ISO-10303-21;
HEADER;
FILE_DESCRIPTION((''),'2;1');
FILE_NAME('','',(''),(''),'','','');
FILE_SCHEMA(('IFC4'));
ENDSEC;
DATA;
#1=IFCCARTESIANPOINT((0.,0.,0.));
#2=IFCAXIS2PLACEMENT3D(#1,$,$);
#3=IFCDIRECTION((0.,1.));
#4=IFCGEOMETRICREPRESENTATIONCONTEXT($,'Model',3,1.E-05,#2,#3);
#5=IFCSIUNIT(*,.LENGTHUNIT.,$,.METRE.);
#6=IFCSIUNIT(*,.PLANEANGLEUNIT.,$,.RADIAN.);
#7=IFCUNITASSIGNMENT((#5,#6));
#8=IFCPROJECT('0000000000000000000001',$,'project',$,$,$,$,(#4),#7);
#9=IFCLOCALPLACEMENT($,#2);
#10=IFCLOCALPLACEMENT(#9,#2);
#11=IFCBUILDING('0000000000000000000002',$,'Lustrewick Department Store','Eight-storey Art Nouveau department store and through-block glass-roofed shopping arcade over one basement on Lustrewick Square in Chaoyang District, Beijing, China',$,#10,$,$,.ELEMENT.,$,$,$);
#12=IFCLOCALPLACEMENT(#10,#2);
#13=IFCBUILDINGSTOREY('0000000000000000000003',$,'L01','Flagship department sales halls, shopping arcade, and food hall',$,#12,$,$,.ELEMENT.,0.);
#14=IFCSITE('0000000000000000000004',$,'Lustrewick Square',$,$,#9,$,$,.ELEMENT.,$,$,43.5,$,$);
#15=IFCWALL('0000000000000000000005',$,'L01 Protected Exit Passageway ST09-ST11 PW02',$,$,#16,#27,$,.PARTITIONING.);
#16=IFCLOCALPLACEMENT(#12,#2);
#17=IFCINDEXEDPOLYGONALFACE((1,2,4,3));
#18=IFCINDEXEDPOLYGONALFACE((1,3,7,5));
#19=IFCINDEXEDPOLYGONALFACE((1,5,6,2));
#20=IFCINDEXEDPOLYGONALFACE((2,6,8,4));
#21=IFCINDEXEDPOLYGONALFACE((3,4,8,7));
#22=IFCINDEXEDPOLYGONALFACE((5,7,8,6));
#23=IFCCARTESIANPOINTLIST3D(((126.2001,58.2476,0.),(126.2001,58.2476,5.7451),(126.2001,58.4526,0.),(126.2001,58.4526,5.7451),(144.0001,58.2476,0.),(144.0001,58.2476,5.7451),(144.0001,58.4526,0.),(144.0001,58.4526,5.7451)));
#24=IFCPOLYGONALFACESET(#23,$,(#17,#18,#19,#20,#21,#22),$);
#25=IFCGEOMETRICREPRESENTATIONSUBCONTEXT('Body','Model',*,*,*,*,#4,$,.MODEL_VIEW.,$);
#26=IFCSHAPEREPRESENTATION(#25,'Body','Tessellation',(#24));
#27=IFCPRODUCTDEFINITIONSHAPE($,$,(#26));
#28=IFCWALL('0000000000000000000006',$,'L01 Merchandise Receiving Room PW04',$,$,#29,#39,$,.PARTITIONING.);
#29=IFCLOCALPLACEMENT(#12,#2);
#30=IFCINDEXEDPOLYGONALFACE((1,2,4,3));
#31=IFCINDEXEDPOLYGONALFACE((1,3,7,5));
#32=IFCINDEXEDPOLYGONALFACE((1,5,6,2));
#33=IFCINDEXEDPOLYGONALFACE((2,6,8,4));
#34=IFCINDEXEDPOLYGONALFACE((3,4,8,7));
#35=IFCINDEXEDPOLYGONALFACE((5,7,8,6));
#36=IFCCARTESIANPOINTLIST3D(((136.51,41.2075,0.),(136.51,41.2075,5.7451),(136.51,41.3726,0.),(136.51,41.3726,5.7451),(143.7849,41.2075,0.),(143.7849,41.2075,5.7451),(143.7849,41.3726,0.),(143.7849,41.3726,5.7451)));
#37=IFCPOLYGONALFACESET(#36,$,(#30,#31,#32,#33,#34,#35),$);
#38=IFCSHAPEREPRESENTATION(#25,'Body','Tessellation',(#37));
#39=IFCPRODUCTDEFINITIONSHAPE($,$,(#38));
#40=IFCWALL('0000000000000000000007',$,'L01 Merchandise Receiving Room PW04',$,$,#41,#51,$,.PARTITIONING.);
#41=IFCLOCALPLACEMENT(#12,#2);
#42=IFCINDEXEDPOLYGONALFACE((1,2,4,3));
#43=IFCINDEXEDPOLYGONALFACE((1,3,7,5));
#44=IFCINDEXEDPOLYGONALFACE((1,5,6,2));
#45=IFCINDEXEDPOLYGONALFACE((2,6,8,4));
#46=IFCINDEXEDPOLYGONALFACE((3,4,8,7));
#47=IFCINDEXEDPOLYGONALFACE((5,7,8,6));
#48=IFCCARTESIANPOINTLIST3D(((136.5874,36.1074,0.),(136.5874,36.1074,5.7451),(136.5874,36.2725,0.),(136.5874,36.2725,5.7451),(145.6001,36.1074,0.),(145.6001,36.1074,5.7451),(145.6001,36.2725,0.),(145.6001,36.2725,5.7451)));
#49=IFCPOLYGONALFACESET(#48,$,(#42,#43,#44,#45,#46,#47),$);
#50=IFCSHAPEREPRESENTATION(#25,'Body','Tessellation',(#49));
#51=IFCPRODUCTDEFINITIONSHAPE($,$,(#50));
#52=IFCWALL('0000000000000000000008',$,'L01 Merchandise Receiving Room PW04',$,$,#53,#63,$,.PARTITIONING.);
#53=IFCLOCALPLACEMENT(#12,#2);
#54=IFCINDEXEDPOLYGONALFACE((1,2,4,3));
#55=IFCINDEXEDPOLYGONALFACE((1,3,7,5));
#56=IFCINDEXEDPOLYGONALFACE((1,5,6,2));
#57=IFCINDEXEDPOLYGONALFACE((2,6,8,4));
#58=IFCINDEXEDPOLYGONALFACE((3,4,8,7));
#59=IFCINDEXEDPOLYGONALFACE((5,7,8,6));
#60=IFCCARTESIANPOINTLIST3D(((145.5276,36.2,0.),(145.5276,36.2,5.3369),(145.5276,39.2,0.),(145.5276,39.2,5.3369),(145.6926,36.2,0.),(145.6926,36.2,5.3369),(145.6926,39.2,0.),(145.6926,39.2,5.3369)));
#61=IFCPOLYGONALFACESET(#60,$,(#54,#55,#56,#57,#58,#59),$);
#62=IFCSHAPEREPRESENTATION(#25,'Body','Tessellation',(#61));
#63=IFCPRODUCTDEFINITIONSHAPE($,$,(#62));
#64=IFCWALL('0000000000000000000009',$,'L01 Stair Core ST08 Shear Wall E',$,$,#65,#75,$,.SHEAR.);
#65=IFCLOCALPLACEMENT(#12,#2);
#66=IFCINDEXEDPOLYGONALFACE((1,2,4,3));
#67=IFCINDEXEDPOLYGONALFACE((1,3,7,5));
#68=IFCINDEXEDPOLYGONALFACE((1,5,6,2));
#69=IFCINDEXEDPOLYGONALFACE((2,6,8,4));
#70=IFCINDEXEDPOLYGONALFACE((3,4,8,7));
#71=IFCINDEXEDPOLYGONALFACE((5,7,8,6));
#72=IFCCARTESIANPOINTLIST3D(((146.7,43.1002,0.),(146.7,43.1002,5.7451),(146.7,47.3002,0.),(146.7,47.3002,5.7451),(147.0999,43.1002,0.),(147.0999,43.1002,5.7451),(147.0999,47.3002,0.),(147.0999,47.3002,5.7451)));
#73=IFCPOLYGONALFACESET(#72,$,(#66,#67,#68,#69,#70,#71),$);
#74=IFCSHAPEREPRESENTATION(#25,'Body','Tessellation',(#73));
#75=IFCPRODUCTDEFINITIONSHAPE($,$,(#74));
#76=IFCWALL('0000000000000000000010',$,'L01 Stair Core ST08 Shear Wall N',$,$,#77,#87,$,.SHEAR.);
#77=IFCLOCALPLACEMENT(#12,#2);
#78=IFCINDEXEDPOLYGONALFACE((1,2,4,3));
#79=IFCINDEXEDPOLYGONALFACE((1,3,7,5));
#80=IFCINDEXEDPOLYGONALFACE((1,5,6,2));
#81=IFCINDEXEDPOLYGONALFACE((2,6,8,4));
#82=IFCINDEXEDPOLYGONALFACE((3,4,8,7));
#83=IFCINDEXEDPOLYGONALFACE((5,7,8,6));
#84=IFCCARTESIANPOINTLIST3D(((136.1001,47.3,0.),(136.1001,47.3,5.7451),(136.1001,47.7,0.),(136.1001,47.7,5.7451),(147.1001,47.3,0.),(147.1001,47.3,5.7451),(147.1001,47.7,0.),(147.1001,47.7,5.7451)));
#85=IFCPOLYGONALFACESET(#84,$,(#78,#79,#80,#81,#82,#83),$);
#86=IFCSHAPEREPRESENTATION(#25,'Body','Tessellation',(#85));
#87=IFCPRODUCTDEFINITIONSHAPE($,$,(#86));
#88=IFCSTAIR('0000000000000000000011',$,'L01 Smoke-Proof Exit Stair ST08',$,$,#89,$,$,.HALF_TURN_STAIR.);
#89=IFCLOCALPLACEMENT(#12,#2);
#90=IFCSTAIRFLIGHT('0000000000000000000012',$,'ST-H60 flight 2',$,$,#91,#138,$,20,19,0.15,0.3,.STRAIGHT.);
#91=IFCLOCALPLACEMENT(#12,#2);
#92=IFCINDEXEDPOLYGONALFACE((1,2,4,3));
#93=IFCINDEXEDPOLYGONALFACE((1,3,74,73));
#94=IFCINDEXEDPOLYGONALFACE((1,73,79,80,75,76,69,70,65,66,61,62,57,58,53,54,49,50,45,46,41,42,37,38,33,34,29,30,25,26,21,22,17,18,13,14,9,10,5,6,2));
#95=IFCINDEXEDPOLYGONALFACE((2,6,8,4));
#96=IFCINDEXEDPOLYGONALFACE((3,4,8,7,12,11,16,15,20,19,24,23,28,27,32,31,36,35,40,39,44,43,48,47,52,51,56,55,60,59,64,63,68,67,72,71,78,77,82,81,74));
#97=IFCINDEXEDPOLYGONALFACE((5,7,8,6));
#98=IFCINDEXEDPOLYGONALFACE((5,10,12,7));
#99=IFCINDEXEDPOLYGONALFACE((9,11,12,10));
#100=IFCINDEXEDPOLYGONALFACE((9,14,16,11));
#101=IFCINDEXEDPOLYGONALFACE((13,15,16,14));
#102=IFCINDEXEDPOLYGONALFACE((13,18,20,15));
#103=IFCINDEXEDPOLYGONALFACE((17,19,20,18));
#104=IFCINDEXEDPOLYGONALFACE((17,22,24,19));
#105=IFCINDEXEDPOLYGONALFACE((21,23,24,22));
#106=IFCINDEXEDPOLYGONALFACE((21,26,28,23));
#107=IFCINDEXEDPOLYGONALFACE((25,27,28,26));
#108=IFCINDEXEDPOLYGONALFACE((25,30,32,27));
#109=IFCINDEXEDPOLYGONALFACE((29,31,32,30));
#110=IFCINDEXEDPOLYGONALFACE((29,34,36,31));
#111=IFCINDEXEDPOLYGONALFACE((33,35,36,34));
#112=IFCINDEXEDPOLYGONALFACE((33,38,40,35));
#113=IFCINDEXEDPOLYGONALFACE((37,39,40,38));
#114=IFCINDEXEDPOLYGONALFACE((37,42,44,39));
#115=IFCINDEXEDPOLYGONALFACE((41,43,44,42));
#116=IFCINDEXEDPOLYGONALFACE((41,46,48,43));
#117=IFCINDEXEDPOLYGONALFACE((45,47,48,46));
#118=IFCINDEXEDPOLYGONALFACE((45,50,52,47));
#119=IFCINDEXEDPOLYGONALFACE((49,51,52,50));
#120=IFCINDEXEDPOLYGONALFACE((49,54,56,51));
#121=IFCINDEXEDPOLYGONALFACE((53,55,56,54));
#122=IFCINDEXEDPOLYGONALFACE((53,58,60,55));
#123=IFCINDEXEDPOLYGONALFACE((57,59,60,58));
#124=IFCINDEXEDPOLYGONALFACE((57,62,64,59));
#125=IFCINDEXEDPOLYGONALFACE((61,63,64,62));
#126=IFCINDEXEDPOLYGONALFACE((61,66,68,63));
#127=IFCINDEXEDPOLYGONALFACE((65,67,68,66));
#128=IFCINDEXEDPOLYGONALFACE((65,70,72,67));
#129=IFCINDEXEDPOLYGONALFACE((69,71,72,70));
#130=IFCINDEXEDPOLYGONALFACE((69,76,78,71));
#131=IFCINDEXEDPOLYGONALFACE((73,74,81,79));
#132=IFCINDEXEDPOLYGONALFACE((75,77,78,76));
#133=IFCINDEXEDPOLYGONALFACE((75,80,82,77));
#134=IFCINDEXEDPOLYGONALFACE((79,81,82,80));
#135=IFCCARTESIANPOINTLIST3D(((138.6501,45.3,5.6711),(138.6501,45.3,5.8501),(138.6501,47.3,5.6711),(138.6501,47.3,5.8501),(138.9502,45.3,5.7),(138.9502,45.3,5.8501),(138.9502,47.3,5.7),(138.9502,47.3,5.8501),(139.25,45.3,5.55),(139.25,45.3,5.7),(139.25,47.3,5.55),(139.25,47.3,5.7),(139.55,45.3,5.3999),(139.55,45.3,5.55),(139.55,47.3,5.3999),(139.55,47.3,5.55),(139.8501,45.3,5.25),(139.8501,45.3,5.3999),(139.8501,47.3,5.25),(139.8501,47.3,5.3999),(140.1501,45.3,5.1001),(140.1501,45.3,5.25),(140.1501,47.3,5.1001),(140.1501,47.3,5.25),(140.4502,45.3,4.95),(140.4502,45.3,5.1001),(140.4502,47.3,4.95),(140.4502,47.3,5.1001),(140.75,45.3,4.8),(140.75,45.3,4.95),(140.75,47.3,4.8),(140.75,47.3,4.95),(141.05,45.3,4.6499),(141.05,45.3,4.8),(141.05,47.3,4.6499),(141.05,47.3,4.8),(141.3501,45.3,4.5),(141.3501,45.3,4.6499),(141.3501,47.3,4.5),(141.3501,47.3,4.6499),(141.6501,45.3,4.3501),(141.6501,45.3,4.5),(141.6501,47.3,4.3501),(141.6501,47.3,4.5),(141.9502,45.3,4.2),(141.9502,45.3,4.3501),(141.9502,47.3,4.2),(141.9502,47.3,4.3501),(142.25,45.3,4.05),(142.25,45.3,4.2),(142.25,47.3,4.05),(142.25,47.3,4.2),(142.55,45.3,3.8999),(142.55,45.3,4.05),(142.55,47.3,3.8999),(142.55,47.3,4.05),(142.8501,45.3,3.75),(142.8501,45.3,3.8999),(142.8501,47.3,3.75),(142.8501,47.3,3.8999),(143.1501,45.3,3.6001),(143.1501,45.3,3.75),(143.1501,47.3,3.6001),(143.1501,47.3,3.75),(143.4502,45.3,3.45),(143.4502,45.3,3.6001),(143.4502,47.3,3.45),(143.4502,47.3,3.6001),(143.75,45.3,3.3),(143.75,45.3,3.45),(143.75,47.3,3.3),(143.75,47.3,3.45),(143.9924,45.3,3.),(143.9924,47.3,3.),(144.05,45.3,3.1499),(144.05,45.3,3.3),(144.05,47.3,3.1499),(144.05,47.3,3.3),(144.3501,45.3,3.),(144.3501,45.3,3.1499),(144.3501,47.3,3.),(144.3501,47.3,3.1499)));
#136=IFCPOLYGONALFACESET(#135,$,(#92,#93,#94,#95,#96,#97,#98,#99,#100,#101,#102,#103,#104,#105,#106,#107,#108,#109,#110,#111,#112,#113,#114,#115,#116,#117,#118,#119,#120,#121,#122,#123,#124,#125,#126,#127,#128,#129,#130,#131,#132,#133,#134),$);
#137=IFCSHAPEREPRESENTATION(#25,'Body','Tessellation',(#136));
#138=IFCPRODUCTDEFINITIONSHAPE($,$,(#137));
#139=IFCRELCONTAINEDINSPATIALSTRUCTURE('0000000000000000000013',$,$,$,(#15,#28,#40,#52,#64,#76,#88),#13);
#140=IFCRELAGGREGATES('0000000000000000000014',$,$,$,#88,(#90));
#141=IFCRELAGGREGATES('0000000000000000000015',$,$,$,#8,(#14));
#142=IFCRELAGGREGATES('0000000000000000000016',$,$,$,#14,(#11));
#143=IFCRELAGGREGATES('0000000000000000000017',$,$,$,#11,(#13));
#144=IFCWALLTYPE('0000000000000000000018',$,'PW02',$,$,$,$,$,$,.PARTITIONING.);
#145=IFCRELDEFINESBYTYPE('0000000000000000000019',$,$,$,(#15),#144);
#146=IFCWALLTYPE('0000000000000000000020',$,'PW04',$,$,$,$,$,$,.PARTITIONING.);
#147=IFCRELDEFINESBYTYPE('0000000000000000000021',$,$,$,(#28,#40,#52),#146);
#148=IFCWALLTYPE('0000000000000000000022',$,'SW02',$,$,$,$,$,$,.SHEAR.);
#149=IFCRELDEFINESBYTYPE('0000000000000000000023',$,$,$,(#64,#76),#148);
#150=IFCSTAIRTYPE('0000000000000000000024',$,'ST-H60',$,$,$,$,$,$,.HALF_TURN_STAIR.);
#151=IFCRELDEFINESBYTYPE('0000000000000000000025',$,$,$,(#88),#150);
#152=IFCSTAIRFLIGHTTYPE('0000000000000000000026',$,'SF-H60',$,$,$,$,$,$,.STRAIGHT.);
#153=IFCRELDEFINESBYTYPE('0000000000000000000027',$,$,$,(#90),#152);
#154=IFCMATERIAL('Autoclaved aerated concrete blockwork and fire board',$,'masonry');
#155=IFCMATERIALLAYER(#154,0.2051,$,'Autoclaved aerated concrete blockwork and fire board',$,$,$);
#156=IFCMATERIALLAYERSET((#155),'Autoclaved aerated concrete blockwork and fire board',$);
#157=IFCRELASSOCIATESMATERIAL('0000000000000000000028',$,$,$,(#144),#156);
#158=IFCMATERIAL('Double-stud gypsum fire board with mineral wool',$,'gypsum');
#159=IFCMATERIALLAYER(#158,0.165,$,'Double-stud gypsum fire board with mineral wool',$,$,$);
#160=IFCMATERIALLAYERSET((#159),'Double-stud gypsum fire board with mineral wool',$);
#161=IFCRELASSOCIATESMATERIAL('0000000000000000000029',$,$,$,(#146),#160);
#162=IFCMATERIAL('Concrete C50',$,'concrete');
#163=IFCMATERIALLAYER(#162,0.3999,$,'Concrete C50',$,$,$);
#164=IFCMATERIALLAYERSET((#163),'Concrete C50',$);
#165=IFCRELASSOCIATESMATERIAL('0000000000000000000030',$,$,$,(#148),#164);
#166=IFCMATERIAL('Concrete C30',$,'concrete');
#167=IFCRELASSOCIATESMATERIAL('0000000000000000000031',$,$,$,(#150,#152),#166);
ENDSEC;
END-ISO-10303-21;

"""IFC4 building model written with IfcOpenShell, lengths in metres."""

from ifc_helpers import new_model, si_unit, direction, frame, frame_2d, origin, place, context, subcontext, project, spatial, polyline, rectangle, outline, extrude, material, layer, layer_set, type_object, element, aggregate, save


model = new_model("IFC4")

# Units and contexts
model_context = context("Model", 3, precision=1e-05, world=origin(), true_north=direction((0.0, 1.0)))
body_context = subcontext(model_context, "Body", "Model", "MODEL_VIEW")
ifc_project = project(units=[si_unit("LENGTHUNIT", "METRE"), si_unit("PLANEANGLEUNIT", "RADIAN")], contexts=[model_context])

# Site, building, storey
site_placement = place(None, origin())
site = spatial("IfcSite", under=ifc_project, at=site_placement, Name="Lustrewick Square", CompositionType="ELEMENT", RefElevation=43.5)
building_placement = place(site_placement, origin())
building = spatial("IfcBuilding", under=site, at=building_placement, Name="Lustrewick Department Store", Description="Eight-storey Art Nouveau department store and through-block glass-roofed shopping arcade over one basement on Lustrewick Square in Chaoyang District, Beijing, China", CompositionType="ELEMENT")
storey_placement = place(building_placement, origin())
storey = spatial("IfcBuildingStorey", under=building, at=storey_placement, Name="L01", Description="Flagship department sales halls, shopping arcade, and food hall", CompositionType="ELEMENT", Elevation=0.0)

# Shared definitions
ifc_material_1 = material(Name="Autoclaved aerated concrete blockwork and fire board", Category="masonry")
ifc_layer_1 = layer(ifc_material_1, 0.2051, Name="Autoclaved aerated concrete blockwork and fire board")
ifc_layer_set_1 = layer_set([ifc_layer_1], Name="Autoclaved aerated concrete blockwork and fire board")
wall_type_1 = type_object("IfcWallType", Name="PW02", PredefinedType="PARTITIONING", material=ifc_layer_set_1)

# Walls
wall_1_placement = place(storey_placement, frame((144.0, 58.3501, 0.0), z_axis=(0.0, 0.0, 1.0), x_axis=(-1.0, 0.0, 0.0)))
element("IfcWall", 1, at=wall_1_placement, inside=storey, type_object=wall_type_1, Name="L01 Protected Exit Passageway ST09-ST11 PW02", PredefinedType="PARTITIONING", context=body_context, shape_type="SweptSolid", body=[
    extrude(rectangle(XDim=17.8, YDim=0.2051, at=frame_2d((8.8999, 0.0))), origin(), (0.0, 0.0, 1.0), 5.7451),
])
ifc_material_2 = material(Name="Double-stud gypsum fire board with mineral wool", Category="gypsum")
ifc_layer_2 = layer(ifc_material_2, 0.165, Name="Double-stud gypsum fire board with mineral wool")
ifc_layer_set_2 = layer_set([ifc_layer_2], Name="Double-stud gypsum fire board with mineral wool")
wall_type_2 = type_object("IfcWallType", Name="PW04", PredefinedType="PARTITIONING", material=ifc_layer_set_2)
wall_2_placement = place(storey_placement, frame((143.7849, 41.29, 0.0), z_axis=(0.0, 0.0, 1.0), x_axis=(-1.0, 0.0, 0.0)))
element("IfcWall", 2, at=wall_2_placement, inside=storey, type_object=wall_type_2, Name="L01 Merchandise Receiving Room PW04", PredefinedType="PARTITIONING", context=body_context, shape_type="SweptSolid", body=[
    extrude(rectangle(XDim=7.2749, YDim=0.165, at=frame_2d((3.6375, 0.0))), origin(), (0.0, 0.0, 1.0), 5.7451),
])
wall_3_placement = place(storey_placement, frame((145.6001, 36.1899, 0.0), z_axis=(0.0, 0.0, 1.0), x_axis=(-1.0, 0.0, 0.0)))
element("IfcWall", 3, at=wall_3_placement, inside=storey, type_object=wall_type_2, Name="L01 Merchandise Receiving Room PW04", PredefinedType="PARTITIONING", context=body_context, shape_type="SweptSolid", body=[
    extrude(rectangle(XDim=9.0127, YDim=0.165, at=frame_2d((4.5063, 0.0))), origin(), (0.0, 0.0, 1.0), 5.7451),
])
wall_4_placement = place(storey_placement, frame((145.6101, 39.2, 0.0), z_axis=(0.0, 0.0, 1.0), x_axis=(0.0, -1.0, 0.0)))
element("IfcWall", 4, at=wall_4_placement, inside=storey, type_object=wall_type_2, Name="L01 Merchandise Receiving Room PW04", PredefinedType="PARTITIONING", context=body_context, shape_type="SweptSolid", body=[
    extrude(rectangle(XDim=3.0, YDim=0.165, at=frame_2d((1.5, 0.0))), origin(), (0.0, 0.0, 1.0), 5.3369),
])
ifc_material_3 = material(Name="Concrete C50", Category="concrete")
ifc_layer_3 = layer(ifc_material_3, 0.3999, Name="Concrete C50")
ifc_layer_set_3 = layer_set([ifc_layer_3], Name="Concrete C50")
wall_type_3 = type_object("IfcWallType", Name="SW02", PredefinedType="SHEAR", material=ifc_layer_set_3)
wall_5_placement = place(storey_placement, frame((146.8999, 43.1001, 0.0), z_axis=(0.0, 0.0, 1.0), x_axis=(0.0, 1.0, 0.0)))
element("IfcWall", 5, at=wall_5_placement, inside=storey, type_object=wall_type_3, Name="L01 Stair Core ST08 Shear Wall E", PredefinedType="SHEAR", context=body_context, shape_type="SweptSolid", body=[
    extrude(rectangle(XDim=4.2, YDim=0.3999, at=frame_2d((2.1001, 0.0))), origin(), (0.0, 0.0, 1.0), 5.7451),
])
wall_6_placement = place(storey_placement, frame((147.1001, 47.5, 0.0), z_axis=(0.0, 0.0, 1.0), x_axis=(-1.0, 0.0, 0.0)))
element("IfcWall", 6, at=wall_6_placement, inside=storey, type_object=wall_type_3, Name="L01 Stair Core ST08 Shear Wall N", PredefinedType="SHEAR", context=body_context, shape_type="SweptSolid", body=[
    extrude(rectangle(XDim=11.0, YDim=0.3999, at=frame_2d((5.5, 0.0))), origin(), (0.0, 0.0, 1.0), 5.7451),
])

# Stair, stair flight
ifc_material_4 = material(Name="Concrete C30", Category="concrete")
stair_type = type_object("IfcStairType", Name="ST-H60", PredefinedType="HALF_TURN_STAIR", material=ifc_material_4)
stair_placement = place(storey_placement, origin())
stair = element("IfcStair", 7, at=stair_placement, inside=storey, type_object=stair_type, Name="L01 Smoke-Proof Exit Stair ST08", PredefinedType="HALF_TURN_STAIR")
stair_flight_type = type_object("IfcStairFlightType", Name="SF-H60", PredefinedType="STRAIGHT", material=ifc_material_4)
stair_flight_placement = place(storey_placement, frame((144.3501, 46.3, 3.0), z_axis=(0.0, 0.0, 1.0), x_axis=(-1.0, 0.0, 0.0)))
stair_flight = element("IfcStairFlight", 8, at=stair_flight_placement, type_object=stair_flight_type, Name="ST-H60 flight 2", NumberOfRisers=20, NumberOfTreads=19, PredefinedType="STRAIGHT", RiserHeight=0.15, TreadLength=0.3, context=body_context, shape_type="SweptSolid", body=[
    extrude(outline(polyline([(0.0, 0.0), (0.0, 0.1499), (0.3, 0.1499), (0.3, 0.3), (0.6001, 0.3), (0.6001, 0.45), (0.8999, 0.45), (0.8999, 0.6001), (1.2, 0.6001), (1.2, 0.75), (1.5, 0.75), (1.5, 0.8999), (1.8, 0.8999), (1.8, 1.05), (2.1001, 1.05), (2.1001, 1.2), (2.3999, 1.2), (2.3999, 1.3501), (2.7, 1.3501), (2.7, 1.5), (3.0, 1.5), (3.0, 1.6499), (3.3, 1.6499), (3.3, 1.8), (3.6001, 1.8), (3.6001, 1.95), (3.8999, 1.95), (3.8999, 2.1001), (4.2, 2.1001), (4.2, 2.25), (4.5, 2.25), (4.5, 2.3999), (4.8, 2.3999), (4.8, 2.55), (5.1001, 2.55), (5.1001, 2.7), (5.3999, 2.7), (5.3999, 2.8501), (5.7, 2.8501), (5.7, 3.0), (5.7, 2.6711), (0.3577, 0.0), (0.0, 0.0)])), frame((0.0, 1.0, 0.0), z_axis=(0.0, -1.0, 0.0), x_axis=(1.0, 0.0, 0.0)), (0.0, 0.0, 1.0), 2.0),
])
aggregate(stair, [stair_flight])

save(model, "model.ifc")
